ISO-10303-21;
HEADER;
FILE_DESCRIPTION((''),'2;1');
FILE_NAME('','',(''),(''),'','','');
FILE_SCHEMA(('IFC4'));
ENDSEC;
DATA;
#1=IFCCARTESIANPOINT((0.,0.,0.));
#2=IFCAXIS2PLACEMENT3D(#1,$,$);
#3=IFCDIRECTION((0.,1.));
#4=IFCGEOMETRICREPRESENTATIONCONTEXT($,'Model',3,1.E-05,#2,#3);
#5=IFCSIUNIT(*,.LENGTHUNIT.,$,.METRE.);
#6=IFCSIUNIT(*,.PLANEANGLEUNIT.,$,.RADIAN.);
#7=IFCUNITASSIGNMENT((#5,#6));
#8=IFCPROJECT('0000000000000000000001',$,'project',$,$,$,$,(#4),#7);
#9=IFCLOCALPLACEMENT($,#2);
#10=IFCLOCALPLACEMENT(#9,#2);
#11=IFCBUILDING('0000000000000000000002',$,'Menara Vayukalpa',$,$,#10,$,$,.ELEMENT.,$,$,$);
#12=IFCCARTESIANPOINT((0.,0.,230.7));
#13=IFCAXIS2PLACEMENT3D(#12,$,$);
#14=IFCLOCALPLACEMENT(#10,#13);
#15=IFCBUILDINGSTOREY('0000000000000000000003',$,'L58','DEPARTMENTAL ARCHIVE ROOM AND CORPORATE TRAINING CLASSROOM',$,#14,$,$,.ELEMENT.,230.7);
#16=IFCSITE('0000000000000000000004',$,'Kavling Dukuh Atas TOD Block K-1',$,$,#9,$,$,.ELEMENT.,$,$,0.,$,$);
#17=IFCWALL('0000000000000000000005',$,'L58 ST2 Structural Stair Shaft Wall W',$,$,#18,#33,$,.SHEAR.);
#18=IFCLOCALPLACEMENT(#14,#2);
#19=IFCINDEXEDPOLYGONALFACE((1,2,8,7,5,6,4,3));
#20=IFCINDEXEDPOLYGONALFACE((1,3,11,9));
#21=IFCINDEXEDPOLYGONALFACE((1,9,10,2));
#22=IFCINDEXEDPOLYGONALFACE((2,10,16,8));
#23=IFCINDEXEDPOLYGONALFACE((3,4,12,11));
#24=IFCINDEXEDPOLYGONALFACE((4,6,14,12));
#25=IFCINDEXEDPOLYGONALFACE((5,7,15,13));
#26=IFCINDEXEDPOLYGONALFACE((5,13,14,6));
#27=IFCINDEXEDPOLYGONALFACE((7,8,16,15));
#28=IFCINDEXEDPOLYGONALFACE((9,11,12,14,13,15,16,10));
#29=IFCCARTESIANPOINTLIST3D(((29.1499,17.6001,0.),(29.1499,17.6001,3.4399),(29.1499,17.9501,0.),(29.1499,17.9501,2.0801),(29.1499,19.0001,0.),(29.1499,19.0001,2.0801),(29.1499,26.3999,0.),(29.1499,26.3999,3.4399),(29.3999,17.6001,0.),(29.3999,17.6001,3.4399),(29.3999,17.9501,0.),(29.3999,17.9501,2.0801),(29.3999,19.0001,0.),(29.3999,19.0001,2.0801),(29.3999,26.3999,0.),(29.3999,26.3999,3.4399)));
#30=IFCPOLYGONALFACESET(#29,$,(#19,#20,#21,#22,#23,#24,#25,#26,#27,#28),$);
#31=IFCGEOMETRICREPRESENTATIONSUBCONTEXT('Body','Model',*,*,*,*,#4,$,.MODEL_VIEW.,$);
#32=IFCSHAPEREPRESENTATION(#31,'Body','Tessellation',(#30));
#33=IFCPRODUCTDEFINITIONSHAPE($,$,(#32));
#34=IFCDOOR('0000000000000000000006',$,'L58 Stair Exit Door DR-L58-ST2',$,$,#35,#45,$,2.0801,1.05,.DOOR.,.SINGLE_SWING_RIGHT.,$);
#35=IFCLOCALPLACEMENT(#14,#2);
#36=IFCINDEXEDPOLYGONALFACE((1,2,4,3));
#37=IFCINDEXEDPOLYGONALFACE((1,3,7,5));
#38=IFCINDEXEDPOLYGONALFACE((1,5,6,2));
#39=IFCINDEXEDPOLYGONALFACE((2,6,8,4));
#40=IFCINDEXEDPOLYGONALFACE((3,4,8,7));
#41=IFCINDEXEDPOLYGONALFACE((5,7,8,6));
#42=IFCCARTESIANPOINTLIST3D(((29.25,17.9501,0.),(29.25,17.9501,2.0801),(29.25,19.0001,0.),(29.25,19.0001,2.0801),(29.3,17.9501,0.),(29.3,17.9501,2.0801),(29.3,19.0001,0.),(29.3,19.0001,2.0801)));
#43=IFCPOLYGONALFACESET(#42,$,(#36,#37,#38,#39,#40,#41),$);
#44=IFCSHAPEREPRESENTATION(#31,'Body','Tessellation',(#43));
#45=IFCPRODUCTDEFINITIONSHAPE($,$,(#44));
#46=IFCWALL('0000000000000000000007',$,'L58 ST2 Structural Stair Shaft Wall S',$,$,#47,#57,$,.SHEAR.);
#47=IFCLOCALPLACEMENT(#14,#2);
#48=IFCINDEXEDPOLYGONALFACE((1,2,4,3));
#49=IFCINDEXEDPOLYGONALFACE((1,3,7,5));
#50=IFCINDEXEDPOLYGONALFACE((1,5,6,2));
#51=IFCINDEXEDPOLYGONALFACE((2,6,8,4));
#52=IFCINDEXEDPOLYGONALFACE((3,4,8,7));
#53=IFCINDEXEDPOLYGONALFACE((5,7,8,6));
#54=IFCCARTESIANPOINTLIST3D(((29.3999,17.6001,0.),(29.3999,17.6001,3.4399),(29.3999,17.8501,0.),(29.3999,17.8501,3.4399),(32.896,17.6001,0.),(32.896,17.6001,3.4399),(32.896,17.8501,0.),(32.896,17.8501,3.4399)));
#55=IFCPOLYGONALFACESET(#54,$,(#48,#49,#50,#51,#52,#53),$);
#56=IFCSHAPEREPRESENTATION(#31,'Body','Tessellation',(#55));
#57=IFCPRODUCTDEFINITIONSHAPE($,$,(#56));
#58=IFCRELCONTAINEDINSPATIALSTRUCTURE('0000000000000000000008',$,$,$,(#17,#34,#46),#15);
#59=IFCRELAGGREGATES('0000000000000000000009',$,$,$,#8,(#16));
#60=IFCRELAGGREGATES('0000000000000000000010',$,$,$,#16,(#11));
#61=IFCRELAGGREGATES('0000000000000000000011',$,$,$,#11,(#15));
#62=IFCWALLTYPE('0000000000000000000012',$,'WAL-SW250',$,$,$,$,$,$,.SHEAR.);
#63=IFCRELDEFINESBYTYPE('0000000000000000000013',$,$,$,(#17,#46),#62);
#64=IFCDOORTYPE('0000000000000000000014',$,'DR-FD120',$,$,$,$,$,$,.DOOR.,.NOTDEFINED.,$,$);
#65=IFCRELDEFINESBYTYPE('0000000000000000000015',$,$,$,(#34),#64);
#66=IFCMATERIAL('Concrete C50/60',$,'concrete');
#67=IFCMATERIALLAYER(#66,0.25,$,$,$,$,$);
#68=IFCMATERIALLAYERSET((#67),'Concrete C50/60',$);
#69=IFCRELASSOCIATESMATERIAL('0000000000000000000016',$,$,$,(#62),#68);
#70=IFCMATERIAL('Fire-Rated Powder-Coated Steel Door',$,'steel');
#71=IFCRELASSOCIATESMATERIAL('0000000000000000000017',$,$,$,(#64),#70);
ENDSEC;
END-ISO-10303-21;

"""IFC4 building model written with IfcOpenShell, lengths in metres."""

from ifc_helpers import new_model, si_unit, direction, frame, frame_2d, origin, place, context, subcontext, project, spatial, rectangle, extrude, material, layer, layer_set, type_object, element, fill, save


model = new_model("IFC4")

# Units and contexts
model_context = context("Model", 3, precision=1e-05, world=origin(), true_north=direction((0.0, 1.0)))
body_context = subcontext(model_context, "Body", "Model", "MODEL_VIEW")
ifc_project = project(units=[si_unit("LENGTHUNIT", "METRE"), si_unit("PLANEANGLEUNIT", "RADIAN")], contexts=[model_context])

# Site, building, storey
site_placement = place(None, origin())
site = spatial("IfcSite", under=ifc_project, at=site_placement, Name="Kavling Dukuh Atas TOD Block K-1", CompositionType="ELEMENT", RefElevation=0.0)
building_placement = place(site_placement, origin())
building = spatial("IfcBuilding", under=site, at=building_placement, Name="Menara Vayukalpa", CompositionType="ELEMENT")
storey_placement = place(building_placement, frame((0.0, 0.0, 230.7)))
storey = spatial("IfcBuildingStorey", under=building, at=storey_placement, Name="L58", Description="DEPARTMENTAL ARCHIVE ROOM AND CORPORATE TRAINING CLASSROOM", CompositionType="ELEMENT", Elevation=230.7)

# Wall, opening, door
ifc_material_1 = material(Name="Concrete C50/60", Category="concrete")
ifc_layer_1 = layer(ifc_material_1, 0.25)
ifc_layer_set_1 = layer_set([ifc_layer_1], Name="Concrete C50/60")
wall_type_1 = type_object("IfcWallType", Name="WAL-SW250", PredefinedType="SHEAR", material=ifc_layer_set_1)
wall_1_placement = place(storey_placement, frame((29.2749, 17.6001, 0.0), z_axis=(0.0, 0.0, 1.0), x_axis=(0.0, 1.0, 0.0)))
wall_1 = element("IfcWall", 1, at=wall_1_placement, inside=storey, type_object=wall_type_1, Name="L58 ST2 Structural Stair Shaft Wall W", PredefinedType="SHEAR", context=body_context, shape_type="SweptSolid", body=[
    extrude(rectangle(XDim=8.7998, YDim=0.25, at=frame_2d((4.3999, 0.0))), origin(), (0.0, 0.0, 1.0), 3.4399),
])
opening_1_placement = place(wall_1_placement, frame((0.3501, 0.0, 0.0)))
opening_1 = element("IfcOpeningElement", 2, at=opening_1_placement, cuts=wall_1, PredefinedType="OPENING", context=body_context, shape_type="SweptSolid", body=[
    extrude(rectangle(XDim=1.05, YDim=2.0801, at=frame_2d((0.5249, 1.04))), frame((0.0, 0.135, 0.0), z_axis=(0.0, -1.0, 0.0), x_axis=(1.0, 0.0, 0.0)), (0.0, 0.0, 1.0), 0.27),
])
ifc_material_2 = material(Name="Fire-Rated Powder-Coated Steel Door", Category="steel")
door_type_1 = type_object("IfcDoorType", Name="DR-FD120", OperationType="NOTDEFINED", PredefinedType="DOOR", material=ifc_material_2)
door_1_placement = place(opening_1_placement, origin())
door_1 = element("IfcDoor", 3, at=door_1_placement, inside=storey, type_object=door_type_1, Name="L58 Stair Exit Door DR-L58-ST2", OperationType="SINGLE_SWING_RIGHT", OverallHeight=2.0801, OverallWidth=1.05, PredefinedType="DOOR", context=body_context, shape_type="SweptSolid", body=[
    extrude(rectangle(XDim=1.05, YDim=2.0801, at=frame_2d((0.5249, 1.04))), frame((0.0, 0.0249, 0.0), z_axis=(0.0, -1.0, 0.0), x_axis=(1.0, 0.0, 0.0)), (0.0, 0.0, 1.0), 0.05),
])
fill(opening_1, door_1)

# Wall
wall_2_placement = place(storey_placement, frame((29.3999, 17.7251, 0.0), z_axis=(0.0, 0.0, 1.0), x_axis=(1.0, 0.0, 0.0)))
element("IfcWall", 4, at=wall_2_placement, inside=storey, type_object=wall_type_1, Name="L58 ST2 Structural Stair Shaft Wall S", PredefinedType="SHEAR", context=body_context, shape_type="SweptSolid", body=[
    extrude(rectangle(XDim=3.4961, YDim=0.25, at=frame_2d((1.748, 0.0))), origin(), (0.0, 0.0, 1.0), 3.4399),
])

save(model, "model.ifc")
